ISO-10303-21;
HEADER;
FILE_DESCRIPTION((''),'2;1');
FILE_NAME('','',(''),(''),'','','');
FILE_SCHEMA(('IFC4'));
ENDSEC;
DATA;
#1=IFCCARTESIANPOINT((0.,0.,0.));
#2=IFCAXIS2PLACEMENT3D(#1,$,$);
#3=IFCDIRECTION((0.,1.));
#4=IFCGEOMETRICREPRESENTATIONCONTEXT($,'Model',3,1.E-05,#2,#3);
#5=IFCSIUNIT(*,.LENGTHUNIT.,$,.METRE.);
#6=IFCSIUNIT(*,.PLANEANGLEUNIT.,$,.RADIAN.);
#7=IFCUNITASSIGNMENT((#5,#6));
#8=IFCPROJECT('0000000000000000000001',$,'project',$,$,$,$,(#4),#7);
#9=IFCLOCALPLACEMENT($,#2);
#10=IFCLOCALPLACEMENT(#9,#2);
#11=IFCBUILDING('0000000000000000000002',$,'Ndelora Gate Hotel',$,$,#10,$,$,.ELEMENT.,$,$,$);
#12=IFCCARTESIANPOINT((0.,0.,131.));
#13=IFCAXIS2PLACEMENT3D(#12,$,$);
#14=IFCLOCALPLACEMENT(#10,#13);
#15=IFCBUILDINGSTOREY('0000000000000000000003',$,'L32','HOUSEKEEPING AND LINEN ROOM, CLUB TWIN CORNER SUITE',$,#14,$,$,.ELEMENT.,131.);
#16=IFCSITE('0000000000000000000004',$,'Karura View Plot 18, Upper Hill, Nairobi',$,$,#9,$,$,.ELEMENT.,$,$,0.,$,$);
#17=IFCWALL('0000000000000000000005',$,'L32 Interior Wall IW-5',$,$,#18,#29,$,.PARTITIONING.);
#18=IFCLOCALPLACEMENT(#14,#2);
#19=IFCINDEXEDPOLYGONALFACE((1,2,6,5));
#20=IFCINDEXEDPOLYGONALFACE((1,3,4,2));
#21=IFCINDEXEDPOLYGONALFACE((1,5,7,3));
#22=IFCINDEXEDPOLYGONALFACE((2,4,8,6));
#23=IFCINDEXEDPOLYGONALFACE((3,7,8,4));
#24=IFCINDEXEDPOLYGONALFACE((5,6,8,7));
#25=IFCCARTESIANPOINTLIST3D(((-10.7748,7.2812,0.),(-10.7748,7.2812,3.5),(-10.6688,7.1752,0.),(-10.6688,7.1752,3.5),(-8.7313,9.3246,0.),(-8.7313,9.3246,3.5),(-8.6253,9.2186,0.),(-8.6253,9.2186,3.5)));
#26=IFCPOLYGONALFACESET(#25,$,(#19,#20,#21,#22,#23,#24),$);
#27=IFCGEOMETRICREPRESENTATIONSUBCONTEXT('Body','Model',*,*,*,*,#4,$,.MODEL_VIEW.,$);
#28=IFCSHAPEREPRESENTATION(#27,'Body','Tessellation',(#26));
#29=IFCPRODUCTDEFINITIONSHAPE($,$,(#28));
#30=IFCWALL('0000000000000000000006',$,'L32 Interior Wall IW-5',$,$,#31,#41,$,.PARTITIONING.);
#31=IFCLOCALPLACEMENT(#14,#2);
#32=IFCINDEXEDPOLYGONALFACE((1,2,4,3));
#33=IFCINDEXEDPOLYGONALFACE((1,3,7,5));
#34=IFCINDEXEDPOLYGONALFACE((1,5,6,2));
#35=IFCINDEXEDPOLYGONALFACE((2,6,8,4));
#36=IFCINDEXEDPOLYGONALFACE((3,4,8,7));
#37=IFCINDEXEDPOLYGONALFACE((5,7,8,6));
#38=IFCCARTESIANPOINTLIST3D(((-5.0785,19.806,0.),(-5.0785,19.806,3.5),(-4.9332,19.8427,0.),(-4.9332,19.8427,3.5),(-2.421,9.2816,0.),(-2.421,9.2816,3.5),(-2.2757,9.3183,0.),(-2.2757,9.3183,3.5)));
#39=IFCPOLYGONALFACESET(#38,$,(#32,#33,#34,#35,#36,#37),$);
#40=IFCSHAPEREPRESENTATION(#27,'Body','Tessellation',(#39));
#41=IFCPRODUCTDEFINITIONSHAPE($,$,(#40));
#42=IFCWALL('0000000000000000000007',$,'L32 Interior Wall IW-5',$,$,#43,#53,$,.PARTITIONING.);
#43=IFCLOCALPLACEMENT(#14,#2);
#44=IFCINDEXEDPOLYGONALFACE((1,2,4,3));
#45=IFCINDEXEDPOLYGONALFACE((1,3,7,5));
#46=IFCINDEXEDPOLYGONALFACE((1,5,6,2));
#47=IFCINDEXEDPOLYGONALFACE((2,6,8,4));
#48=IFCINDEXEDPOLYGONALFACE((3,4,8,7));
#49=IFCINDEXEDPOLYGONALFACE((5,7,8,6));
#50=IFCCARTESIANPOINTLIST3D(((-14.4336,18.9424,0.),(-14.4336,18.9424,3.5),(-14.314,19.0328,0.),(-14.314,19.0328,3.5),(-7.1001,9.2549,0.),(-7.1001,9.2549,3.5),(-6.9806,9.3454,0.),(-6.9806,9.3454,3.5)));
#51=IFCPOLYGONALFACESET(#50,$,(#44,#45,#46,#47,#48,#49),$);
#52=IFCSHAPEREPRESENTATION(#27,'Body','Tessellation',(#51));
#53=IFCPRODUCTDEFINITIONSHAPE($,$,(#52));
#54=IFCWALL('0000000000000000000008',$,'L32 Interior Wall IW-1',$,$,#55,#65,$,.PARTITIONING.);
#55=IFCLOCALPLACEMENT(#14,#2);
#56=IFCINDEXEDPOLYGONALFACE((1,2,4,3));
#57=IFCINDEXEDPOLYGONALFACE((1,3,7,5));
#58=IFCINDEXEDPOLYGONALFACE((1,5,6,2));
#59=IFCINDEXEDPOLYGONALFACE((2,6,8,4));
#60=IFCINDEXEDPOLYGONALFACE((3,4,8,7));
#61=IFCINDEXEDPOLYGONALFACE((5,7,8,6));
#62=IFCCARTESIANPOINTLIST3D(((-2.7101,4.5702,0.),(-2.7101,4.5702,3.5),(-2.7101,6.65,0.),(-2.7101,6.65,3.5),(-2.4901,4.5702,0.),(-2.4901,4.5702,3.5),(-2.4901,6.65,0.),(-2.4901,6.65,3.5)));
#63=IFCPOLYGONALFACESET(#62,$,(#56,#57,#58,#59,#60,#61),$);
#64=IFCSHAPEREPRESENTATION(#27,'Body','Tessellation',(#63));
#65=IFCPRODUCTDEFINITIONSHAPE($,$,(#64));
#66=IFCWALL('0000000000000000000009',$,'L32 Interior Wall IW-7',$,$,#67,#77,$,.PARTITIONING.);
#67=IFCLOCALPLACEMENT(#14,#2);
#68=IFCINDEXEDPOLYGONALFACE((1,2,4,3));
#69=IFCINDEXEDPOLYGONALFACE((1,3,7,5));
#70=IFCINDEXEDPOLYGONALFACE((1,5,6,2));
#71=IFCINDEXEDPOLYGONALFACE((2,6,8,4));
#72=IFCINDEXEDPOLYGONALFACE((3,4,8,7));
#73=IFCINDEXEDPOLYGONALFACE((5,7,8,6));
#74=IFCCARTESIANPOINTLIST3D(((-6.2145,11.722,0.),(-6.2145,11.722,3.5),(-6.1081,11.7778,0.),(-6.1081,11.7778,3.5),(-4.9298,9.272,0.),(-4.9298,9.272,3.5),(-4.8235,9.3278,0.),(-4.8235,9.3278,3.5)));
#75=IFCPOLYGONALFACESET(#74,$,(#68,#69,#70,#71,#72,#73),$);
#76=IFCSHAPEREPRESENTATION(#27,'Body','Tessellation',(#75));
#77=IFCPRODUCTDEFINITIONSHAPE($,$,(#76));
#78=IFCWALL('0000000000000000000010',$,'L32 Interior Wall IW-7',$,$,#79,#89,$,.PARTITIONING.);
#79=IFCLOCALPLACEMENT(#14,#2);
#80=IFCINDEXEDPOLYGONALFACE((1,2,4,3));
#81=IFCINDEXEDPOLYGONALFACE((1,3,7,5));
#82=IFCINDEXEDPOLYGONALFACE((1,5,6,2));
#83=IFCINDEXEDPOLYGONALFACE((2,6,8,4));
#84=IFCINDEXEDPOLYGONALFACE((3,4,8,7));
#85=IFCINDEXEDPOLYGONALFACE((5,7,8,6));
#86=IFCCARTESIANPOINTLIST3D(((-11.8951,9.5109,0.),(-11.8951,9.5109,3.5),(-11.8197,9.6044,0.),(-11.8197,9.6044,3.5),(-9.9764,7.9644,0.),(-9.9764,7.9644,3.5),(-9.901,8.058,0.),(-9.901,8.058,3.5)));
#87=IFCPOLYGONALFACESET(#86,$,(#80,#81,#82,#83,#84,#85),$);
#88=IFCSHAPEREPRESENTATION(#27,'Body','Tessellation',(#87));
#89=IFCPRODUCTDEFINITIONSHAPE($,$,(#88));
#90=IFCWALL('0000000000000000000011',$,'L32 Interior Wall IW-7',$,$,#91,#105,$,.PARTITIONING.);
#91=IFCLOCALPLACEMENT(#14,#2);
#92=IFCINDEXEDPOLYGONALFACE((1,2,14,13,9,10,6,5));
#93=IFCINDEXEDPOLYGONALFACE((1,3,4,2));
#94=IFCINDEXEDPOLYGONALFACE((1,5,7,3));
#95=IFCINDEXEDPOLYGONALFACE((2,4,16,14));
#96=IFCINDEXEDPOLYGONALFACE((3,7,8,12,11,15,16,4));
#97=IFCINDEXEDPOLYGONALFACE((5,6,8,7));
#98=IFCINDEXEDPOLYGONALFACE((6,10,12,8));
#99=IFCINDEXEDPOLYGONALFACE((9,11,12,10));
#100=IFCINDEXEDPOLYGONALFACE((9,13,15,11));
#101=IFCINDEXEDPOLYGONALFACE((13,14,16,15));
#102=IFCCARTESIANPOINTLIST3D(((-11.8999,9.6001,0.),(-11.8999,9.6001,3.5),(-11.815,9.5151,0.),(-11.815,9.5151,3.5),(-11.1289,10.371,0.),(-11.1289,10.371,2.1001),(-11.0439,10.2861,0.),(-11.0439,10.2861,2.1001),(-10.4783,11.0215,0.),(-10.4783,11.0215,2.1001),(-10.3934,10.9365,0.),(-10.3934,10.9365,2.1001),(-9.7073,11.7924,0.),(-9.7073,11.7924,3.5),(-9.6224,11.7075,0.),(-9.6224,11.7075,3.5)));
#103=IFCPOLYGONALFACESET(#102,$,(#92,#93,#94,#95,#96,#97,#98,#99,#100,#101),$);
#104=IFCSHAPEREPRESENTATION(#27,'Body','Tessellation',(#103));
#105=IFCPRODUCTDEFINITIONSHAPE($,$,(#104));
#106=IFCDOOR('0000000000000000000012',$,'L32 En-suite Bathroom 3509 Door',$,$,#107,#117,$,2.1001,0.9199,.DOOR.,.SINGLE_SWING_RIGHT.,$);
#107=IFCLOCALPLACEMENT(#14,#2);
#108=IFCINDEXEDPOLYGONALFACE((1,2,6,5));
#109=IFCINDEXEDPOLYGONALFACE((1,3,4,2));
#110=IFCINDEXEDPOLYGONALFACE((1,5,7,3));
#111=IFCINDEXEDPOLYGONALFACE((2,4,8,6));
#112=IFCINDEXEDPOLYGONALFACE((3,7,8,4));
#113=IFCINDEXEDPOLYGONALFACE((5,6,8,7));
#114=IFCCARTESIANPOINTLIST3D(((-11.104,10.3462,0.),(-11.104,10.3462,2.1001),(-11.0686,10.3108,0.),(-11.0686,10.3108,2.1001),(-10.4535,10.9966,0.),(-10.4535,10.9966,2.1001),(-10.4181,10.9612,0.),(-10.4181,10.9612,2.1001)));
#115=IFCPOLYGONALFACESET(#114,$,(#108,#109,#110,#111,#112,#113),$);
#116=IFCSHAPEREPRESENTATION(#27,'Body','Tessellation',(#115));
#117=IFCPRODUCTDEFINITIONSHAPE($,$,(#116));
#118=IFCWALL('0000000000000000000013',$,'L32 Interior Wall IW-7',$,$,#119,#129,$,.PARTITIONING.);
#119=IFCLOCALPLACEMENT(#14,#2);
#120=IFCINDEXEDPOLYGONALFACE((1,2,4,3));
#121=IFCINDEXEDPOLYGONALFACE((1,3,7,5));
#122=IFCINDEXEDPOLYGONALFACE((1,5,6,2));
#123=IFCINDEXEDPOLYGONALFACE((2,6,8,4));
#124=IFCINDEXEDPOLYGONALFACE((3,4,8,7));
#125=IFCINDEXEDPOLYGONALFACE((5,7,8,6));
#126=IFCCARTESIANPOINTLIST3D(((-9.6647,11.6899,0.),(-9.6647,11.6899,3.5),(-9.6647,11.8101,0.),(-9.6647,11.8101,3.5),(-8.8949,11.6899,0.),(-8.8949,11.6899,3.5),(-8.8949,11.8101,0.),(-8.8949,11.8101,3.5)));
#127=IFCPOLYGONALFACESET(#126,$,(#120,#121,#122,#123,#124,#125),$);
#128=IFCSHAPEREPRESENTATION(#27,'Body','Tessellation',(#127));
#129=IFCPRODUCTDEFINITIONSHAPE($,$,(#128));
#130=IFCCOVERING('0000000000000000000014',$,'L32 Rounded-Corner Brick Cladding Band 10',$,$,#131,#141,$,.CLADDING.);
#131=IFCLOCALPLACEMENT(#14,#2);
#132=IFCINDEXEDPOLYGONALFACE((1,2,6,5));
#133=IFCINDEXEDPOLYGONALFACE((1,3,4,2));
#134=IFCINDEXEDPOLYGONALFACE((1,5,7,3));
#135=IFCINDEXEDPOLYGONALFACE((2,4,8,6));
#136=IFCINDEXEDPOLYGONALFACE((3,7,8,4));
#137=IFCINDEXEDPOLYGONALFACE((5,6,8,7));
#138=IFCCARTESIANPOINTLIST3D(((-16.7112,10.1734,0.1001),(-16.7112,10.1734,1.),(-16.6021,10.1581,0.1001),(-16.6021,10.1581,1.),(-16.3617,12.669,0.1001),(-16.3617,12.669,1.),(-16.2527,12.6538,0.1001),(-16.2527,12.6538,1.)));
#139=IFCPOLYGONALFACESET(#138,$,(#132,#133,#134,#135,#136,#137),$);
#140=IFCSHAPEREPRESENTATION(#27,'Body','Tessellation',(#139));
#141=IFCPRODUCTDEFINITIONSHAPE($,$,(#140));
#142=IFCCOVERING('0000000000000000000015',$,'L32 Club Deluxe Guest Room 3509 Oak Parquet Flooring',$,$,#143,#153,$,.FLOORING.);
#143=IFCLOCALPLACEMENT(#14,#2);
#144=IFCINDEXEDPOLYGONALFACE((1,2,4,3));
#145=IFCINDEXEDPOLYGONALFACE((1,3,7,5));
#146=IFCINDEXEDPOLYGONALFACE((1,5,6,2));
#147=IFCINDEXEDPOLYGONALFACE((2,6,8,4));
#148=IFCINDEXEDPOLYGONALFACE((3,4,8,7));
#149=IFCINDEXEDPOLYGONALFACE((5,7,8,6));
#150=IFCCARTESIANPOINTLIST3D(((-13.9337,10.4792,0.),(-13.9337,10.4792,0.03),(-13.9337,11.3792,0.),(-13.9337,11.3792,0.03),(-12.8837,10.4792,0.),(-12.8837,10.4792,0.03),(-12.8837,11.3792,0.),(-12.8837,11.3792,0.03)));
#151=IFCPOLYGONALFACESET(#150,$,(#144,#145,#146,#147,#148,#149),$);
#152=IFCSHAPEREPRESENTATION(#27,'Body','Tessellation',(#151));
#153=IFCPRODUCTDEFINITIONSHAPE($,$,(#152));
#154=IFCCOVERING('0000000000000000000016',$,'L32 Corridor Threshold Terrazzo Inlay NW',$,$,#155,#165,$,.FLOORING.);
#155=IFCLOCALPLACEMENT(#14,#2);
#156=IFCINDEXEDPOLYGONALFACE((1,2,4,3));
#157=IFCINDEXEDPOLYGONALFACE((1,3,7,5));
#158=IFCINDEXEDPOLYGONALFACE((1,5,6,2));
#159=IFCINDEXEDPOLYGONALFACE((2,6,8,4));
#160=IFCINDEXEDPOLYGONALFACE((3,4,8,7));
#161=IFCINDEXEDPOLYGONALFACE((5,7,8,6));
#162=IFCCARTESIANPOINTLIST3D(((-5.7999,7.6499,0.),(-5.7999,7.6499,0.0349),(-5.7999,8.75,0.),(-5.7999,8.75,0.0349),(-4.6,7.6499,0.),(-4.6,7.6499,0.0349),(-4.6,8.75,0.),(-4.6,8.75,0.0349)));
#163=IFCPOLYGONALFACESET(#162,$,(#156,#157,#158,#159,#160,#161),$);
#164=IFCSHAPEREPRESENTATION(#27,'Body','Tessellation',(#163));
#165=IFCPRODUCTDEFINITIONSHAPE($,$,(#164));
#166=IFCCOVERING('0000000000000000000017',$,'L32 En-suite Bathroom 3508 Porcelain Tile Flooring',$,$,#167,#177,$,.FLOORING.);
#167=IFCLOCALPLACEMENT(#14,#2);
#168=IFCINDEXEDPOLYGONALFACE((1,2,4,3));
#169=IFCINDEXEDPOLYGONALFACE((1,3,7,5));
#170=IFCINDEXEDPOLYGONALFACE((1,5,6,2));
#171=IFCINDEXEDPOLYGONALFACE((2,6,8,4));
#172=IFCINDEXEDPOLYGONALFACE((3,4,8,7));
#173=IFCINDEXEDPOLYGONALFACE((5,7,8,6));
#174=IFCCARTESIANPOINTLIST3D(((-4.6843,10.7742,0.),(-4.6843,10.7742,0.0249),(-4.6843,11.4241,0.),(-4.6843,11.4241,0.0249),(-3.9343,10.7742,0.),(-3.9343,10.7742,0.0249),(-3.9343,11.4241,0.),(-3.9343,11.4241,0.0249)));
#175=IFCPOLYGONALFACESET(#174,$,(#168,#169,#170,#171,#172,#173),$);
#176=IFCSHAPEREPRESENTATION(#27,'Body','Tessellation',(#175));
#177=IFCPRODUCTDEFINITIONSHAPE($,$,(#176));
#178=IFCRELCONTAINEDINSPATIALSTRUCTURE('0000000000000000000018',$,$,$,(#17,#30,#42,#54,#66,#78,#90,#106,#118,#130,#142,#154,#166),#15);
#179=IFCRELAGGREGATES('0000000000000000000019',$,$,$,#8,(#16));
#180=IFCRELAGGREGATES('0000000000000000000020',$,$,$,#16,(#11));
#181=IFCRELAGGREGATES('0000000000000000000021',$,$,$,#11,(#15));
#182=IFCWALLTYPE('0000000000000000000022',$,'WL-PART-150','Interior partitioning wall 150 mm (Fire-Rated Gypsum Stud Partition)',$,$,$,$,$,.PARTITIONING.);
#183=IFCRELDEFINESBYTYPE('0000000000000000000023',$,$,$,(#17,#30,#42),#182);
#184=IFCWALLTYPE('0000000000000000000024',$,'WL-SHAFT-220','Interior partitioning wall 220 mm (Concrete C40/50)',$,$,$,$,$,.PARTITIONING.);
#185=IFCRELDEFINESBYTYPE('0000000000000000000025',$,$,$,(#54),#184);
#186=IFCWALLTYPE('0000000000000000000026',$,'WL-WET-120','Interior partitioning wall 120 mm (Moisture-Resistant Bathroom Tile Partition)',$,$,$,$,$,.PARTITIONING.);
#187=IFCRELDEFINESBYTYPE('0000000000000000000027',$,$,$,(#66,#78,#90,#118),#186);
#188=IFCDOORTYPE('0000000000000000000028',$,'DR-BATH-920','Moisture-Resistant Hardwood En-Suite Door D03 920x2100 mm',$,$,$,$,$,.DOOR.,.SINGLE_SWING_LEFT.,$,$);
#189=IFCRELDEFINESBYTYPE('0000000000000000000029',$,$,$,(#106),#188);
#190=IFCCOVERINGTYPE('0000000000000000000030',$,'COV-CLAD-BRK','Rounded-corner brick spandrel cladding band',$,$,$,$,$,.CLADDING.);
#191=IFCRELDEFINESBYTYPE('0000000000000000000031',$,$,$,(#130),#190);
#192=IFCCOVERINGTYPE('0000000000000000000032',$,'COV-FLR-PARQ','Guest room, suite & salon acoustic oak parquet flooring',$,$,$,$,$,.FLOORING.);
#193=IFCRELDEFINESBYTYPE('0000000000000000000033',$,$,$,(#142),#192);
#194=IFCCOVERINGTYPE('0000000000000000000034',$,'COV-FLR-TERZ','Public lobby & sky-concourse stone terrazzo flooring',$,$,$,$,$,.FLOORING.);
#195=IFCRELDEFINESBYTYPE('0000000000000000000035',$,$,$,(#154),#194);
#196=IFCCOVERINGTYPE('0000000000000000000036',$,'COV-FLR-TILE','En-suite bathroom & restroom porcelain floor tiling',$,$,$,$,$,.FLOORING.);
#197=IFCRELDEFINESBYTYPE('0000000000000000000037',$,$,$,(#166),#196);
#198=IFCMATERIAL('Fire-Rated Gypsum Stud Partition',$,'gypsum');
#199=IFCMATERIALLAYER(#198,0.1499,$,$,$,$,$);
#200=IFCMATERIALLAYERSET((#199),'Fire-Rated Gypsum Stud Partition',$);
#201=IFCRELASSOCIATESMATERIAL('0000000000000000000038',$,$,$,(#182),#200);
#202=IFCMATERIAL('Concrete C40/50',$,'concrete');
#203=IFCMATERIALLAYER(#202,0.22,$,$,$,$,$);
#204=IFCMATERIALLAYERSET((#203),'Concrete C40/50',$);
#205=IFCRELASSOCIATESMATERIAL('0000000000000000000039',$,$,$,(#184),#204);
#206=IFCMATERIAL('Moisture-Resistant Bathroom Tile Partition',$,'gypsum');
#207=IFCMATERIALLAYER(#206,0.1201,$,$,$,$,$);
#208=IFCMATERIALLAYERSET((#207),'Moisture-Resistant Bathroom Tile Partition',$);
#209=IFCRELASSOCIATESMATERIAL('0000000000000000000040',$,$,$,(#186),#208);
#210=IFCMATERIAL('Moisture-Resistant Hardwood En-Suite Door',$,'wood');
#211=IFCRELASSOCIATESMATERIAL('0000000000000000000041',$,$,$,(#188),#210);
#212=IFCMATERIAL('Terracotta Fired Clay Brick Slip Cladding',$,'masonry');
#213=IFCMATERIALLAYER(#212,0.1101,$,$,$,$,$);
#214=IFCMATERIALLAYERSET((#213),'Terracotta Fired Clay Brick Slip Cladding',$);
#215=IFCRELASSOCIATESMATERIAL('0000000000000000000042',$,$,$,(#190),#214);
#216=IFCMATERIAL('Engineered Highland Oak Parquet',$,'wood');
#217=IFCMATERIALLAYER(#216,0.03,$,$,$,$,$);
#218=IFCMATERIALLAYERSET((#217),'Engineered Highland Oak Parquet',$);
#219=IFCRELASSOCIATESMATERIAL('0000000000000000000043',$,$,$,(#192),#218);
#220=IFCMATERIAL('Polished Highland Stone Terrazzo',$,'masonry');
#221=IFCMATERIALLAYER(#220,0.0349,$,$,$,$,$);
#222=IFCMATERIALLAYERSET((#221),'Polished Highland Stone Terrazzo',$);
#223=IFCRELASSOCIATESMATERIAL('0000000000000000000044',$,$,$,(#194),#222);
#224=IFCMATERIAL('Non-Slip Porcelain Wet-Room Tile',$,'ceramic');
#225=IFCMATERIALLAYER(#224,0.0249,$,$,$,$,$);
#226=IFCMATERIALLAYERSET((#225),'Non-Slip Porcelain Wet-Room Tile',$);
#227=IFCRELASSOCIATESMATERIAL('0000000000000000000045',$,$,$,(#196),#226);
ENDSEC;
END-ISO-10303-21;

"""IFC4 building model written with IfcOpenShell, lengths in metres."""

from ifc_helpers import new_model, si_unit, direction, frame, frame_2d, origin, origin_2d, place, context, subcontext, project, spatial, rectangle, extrude, material, layer, layer_set, type_object, element, fill, save


model = new_model("IFC4")

# Units and contexts
model_context = context("Model", 3, precision=1e-05, world=origin(), true_north=direction((0.0, 1.0)))
body_context = subcontext(model_context, "Body", "Model", "MODEL_VIEW")
ifc_project = project(units=[si_unit("LENGTHUNIT", "METRE"), si_unit("PLANEANGLEUNIT", "RADIAN")], contexts=[model_context])

# Site, building, storey
site_placement = place(None, origin())
site = spatial("IfcSite", under=ifc_project, at=site_placement, Name="Karura View Plot 18, Upper Hill, Nairobi", CompositionType="ELEMENT", RefElevation=0.0)
building_placement = place(site_placement, origin())
building = spatial("IfcBuilding", under=site, at=building_placement, Name="Ndelora Gate Hotel", CompositionType="ELEMENT")
storey_placement = place(building_placement, frame((0.0, 0.0, 131.0)))
storey = spatial("IfcBuildingStorey", under=building, at=storey_placement, Name="L32", Description="HOUSEKEEPING AND LINEN ROOM, CLUB TWIN CORNER SUITE", CompositionType="ELEMENT", Elevation=131.0)

# Shared definitions
ifc_material_1 = material(Name="Fire-Rated Gypsum Stud Partition", Category="gypsum")
ifc_layer_1 = layer(ifc_material_1, 0.1499)
ifc_layer_set_1 = layer_set([ifc_layer_1], Name="Fire-Rated Gypsum Stud Partition")
wall_type_1 = type_object("IfcWallType", Name="WL-PART-150", Description="Interior partitioning wall 150 mm (Fire-Rated Gypsum Stud Partition)", PredefinedType="PARTITIONING", material=ifc_layer_set_1)

# Walls
wall_1_placement = place(storey_placement, frame((-10.7217, 7.2283, 0.0), z_axis=(0.0, 0.0, 1.0), x_axis=(0.707107, 0.707107, 0.0)))
element("IfcWall", 1, at=wall_1_placement, inside=storey, type_object=wall_type_1, Name="L32 Interior Wall IW-5", PredefinedType="PARTITIONING", context=body_context, shape_type="SweptSolid", body=[
    extrude(rectangle(XDim=2.8899, YDim=0.1499, at=frame_2d((1.4448, 0.0))), origin(), (0.0, 0.0, 1.0), 3.5),
])
wall_2_placement = place(storey_placement, frame((-2.3484, 9.3, 0.0), z_axis=(0.0, 0.0, 1.0), x_axis=(-0.244821, 0.969568, 0.0)))
element("IfcWall", 2, at=wall_2_placement, inside=storey, type_object=wall_type_1, Name="L32 Interior Wall IW-5", PredefinedType="PARTITIONING", context=body_context, shape_type="SweptSolid", body=[
    extrude(rectangle(XDim=10.8547, YDim=0.1499, at=frame_2d((5.4272, 0.0))), origin(), (0.0, 0.0, 1.0), 3.5),
])
wall_3_placement = place(storey_placement, frame((-7.0403, 9.3, 0.0), z_axis=(0.0, 0.0, 1.0), x_axis=(-0.603569, 0.797311, 0.0)))
element("IfcWall", 3, at=wall_3_placement, inside=storey, type_object=wall_type_1, Name="L32 Interior Wall IW-5", PredefinedType="PARTITIONING", context=body_context, shape_type="SweptSolid", body=[
    extrude(rectangle(XDim=12.1501, YDim=0.1499, at=frame_2d((6.0752, 0.0))), origin(), (0.0, 0.0, 1.0), 3.5),
])
ifc_material_2 = material(Name="Concrete C40/50", Category="concrete")
ifc_layer_2 = layer(ifc_material_2, 0.22)
ifc_layer_set_2 = layer_set([ifc_layer_2], Name="Concrete C40/50")
wall_type_2 = type_object("IfcWallType", Name="WL-SHAFT-220", Description="Interior partitioning wall 220 mm (Concrete C40/50)", PredefinedType="PARTITIONING", material=ifc_layer_set_2)
wall_4_placement = place(storey_placement, frame((-2.6001, 4.5701, 0.0), z_axis=(0.0, 0.0, 1.0), x_axis=(0.0, 1.0, 0.0)))
element("IfcWall", 4, at=wall_4_placement, inside=storey, type_object=wall_type_2, Name="L32 Interior Wall IW-1", PredefinedType="PARTITIONING", context=body_context, shape_type="SweptSolid", body=[
    extrude(rectangle(XDim=2.0798, YDim=0.22, at=frame_2d((1.04, 0.0))), origin(), (0.0, 0.0, 1.0), 3.5),
])
ifc_material_3 = material(Name="Moisture-Resistant Bathroom Tile Partition", Category="gypsum")
ifc_layer_3 = layer(ifc_material_3, 0.1201)
ifc_layer_set_3 = layer_set([ifc_layer_3], Name="Moisture-Resistant Bathroom Tile Partition")
wall_type_3 = type_object("IfcWallType", Name="WL-WET-120", Description="Interior partitioning wall 120 mm (Moisture-Resistant Bathroom Tile Partition)", PredefinedType="PARTITIONING", material=ifc_layer_set_3)
wall_5_placement = place(storey_placement, frame((-6.1614, 11.75, 0.0), z_axis=(0.0, 0.0, 1.0), x_axis=(0.464393, -0.885629, 0.0)))
element("IfcWall", 5, at=wall_5_placement, inside=storey, type_object=wall_type_3, Name="L32 Interior Wall IW-7", PredefinedType="PARTITIONING", context=body_context, shape_type="SweptSolid", body=[
    extrude(rectangle(XDim=2.7664, YDim=0.1201, at=frame_2d((1.3833, 0.0))), origin(), (0.0, 0.0, 1.0), 3.5),
])
wall_6_placement = place(storey_placement, frame((-11.8574, 9.5576, 0.0), z_axis=(0.0, 0.0, 1.0), x_axis=(0.778602, -0.627518, 0.0)))
element("IfcWall", 6, at=wall_6_placement, inside=storey, type_object=wall_type_3, Name="L32 Interior Wall IW-7", PredefinedType="PARTITIONING", context=body_context, shape_type="SweptSolid", body=[
    extrude(rectangle(XDim=2.4644, YDim=0.1201, at=frame_2d((1.2322, 0.0))), origin(), (0.0, 0.0, 1.0), 3.5),
])

# Wall, opening, door
wall_7_placement = place(storey_placement, frame((-11.8574, 9.5576, 0.0), z_axis=(0.0, 0.0, 1.0), x_axis=(0.707146, 0.707067, 0.0)))
wall_7 = element("IfcWall", 7, at=wall_7_placement, inside=storey, type_object=wall_type_3, Name="L32 Interior Wall IW-7", PredefinedType="PARTITIONING", context=body_context, shape_type="SweptSolid", body=[
    extrude(rectangle(XDim=3.1006, YDim=0.1201, at=frame_2d((1.5503, 0.0))), origin(), (0.0, 0.0, 1.0), 3.5),
])
opening_1_placement = place(wall_7_placement, frame((1.0903, 0.0, 0.0)))
opening_1 = element("IfcOpeningElement", 8, at=opening_1_placement, cuts=wall_7, PredefinedType="OPENING", context=body_context, shape_type="SweptSolid", body=[
    extrude(rectangle(XDim=0.9199, YDim=2.1001, at=frame_2d((0.46, 1.05))), frame((0.0, 0.0701, 0.0), z_axis=(0.0, -1.0, 0.0), x_axis=(1.0, 0.0, 0.0)), (0.0, 0.0, 1.0), 0.1401),
])
ifc_material_4 = material(Name="Moisture-Resistant Hardwood En-Suite Door", Category="wood")
door_type_1 = type_object("IfcDoorType", Name="DR-BATH-920", Description="Moisture-Resistant Hardwood En-Suite Door D03 920x2100 mm", OperationType="SINGLE_SWING_LEFT", PredefinedType="DOOR", material=ifc_material_4)
door_1_placement = place(opening_1_placement, origin())
door_1 = element("IfcDoor", 9, at=door_1_placement, inside=storey, type_object=door_type_1, Name="L32 En-suite Bathroom 3509 Door", OperationType="SINGLE_SWING_RIGHT", OverallHeight=2.1001, OverallWidth=0.9199, PredefinedType="DOOR", context=body_context, shape_type="SweptSolid", body=[
    extrude(rectangle(XDim=0.9199, YDim=2.1001, at=frame_2d((0.46, 1.05))), frame((0.0, 0.0249, 0.0), z_axis=(0.0, -1.0, 0.0), x_axis=(1.0, 0.0, 0.0)), (0.0, 0.0, 1.0), 0.05),
])
fill(opening_1, door_1)

# Wall
wall_8_placement = place(storey_placement, frame((-8.895, 11.75, 0.0), z_axis=(0.0, 0.0, 1.0), x_axis=(-1.0, 0.0, 0.0)))
element("IfcWall", 10, at=wall_8_placement, inside=storey, type_object=wall_type_3, Name="L32 Interior Wall IW-7", PredefinedType="PARTITIONING", context=body_context, shape_type="SweptSolid", body=[
    extrude(rectangle(XDim=0.7698, YDim=0.1201, at=frame_2d((0.3848, 0.0))), origin(), (0.0, 0.0, 1.0), 3.5),
])

# Coverings
ifc_material_5 = material(Name="Terracotta Fired Clay Brick Slip Cladding", Category="masonry")
ifc_layer_4 = layer(ifc_material_5, 0.1101)
ifc_layer_set_4 = layer_set([ifc_layer_4], Name="Terracotta Fired Clay Brick Slip Cladding")
covering_type_1 = type_object("IfcCoveringType", Name="COV-CLAD-BRK", Description="Rounded-corner brick spandrel cladding band", PredefinedType="CLADDING", material=ifc_layer_set_4)
covering_1_placement = place(storey_placement, frame((-16.4819, 11.4136, 0.1001), z_axis=(0.0, 0.0, 1.0), x_axis=(0.138655, 0.990341, 0.0)))
element("IfcCovering", 11, at=covering_1_placement, inside=storey, type_object=covering_type_1, Name="L32 Rounded-Corner Brick Cladding Band 10", PredefinedType="CLADDING", context=body_context, shape_type="SweptSolid", body=[
    extrude(rectangle(XDim=2.52, YDim=0.1101, at=origin_2d()), origin(), (0.0, 0.0, 1.0), 0.8999),
])
ifc_material_6 = material(Name="Engineered Highland Oak Parquet", Category="wood")
ifc_layer_5 = layer(ifc_material_6, 0.03)
ifc_layer_set_5 = layer_set([ifc_layer_5], Name="Engineered Highland Oak Parquet")
covering_type_2 = type_object("IfcCoveringType", Name="COV-FLR-PARQ", Description="Guest room, suite & salon acoustic oak parquet flooring", PredefinedType="FLOORING", material=ifc_layer_set_5)
covering_2_placement = place(storey_placement, frame((-13.4087, 10.9292, 0.0), z_axis=(0.0, 0.0, 1.0), x_axis=(1.0, 0.0, 0.0)))
element("IfcCovering", 12, at=covering_2_placement, inside=storey, type_object=covering_type_2, Name="L32 Club Deluxe Guest Room 3509 Oak Parquet Flooring", PredefinedType="FLOORING", context=body_context, shape_type="SweptSolid", body=[
    extrude(rectangle(XDim=1.05, YDim=0.8999, at=origin_2d()), origin(), (0.0, 0.0, 1.0), 0.03),
])
ifc_material_7 = material(Name="Polished Highland Stone Terrazzo", Category="masonry")
ifc_layer_6 = layer(ifc_material_7, 0.0349)
ifc_layer_set_6 = layer_set([ifc_layer_6], Name="Polished Highland Stone Terrazzo")
covering_type_3 = type_object("IfcCoveringType", Name="COV-FLR-TERZ", Description="Public lobby & sky-concourse stone terrazzo flooring", PredefinedType="FLOORING", material=ifc_layer_set_6)
covering_3_placement = place(storey_placement, frame((-5.2, 8.2, 0.0), z_axis=(0.0, 0.0, 1.0), x_axis=(1.0, 0.0, 0.0)))
element("IfcCovering", 13, at=covering_3_placement, inside=storey, type_object=covering_type_3, Name="L32 Corridor Threshold Terrazzo Inlay NW", PredefinedType="FLOORING", context=body_context, shape_type="SweptSolid", body=[
    extrude(rectangle(XDim=1.2, YDim=1.1001, at=origin_2d()), origin(), (0.0, 0.0, 1.0), 0.0349),
])
ifc_material_8 = material(Name="Non-Slip Porcelain Wet-Room Tile", Category="ceramic")
ifc_layer_7 = layer(ifc_material_8, 0.0249)
ifc_layer_set_7 = layer_set([ifc_layer_7], Name="Non-Slip Porcelain Wet-Room Tile")
covering_type_4 = type_object("IfcCoveringType", Name="COV-FLR-TILE", Description="En-suite bathroom & restroom porcelain floor tiling", PredefinedType="FLOORING", material=ifc_layer_set_7)
for number, where, z_axis, x_axis, name in (
    (14, (-4.3093, 11.0991, 0.0), (0.0, 0.0, 1.0), (1.0, 0.0, 0.0), "L32 En-suite Bathroom 3508 Porcelain Tile Flooring"),
):
    element("IfcCovering", number, at=place(storey_placement, frame(where, z_axis=z_axis, x_axis=x_axis)), inside=storey, type_object=covering_type_4, Name=name, PredefinedType="FLOORING", context=body_context, shape_type="SweptSolid", body=[
        extrude(rectangle(XDim=0.75, YDim=0.6499, at=origin_2d()), origin(), (0.0, 0.0, 1.0), 0.0249),
    ])

save(model, "model.ifc")
